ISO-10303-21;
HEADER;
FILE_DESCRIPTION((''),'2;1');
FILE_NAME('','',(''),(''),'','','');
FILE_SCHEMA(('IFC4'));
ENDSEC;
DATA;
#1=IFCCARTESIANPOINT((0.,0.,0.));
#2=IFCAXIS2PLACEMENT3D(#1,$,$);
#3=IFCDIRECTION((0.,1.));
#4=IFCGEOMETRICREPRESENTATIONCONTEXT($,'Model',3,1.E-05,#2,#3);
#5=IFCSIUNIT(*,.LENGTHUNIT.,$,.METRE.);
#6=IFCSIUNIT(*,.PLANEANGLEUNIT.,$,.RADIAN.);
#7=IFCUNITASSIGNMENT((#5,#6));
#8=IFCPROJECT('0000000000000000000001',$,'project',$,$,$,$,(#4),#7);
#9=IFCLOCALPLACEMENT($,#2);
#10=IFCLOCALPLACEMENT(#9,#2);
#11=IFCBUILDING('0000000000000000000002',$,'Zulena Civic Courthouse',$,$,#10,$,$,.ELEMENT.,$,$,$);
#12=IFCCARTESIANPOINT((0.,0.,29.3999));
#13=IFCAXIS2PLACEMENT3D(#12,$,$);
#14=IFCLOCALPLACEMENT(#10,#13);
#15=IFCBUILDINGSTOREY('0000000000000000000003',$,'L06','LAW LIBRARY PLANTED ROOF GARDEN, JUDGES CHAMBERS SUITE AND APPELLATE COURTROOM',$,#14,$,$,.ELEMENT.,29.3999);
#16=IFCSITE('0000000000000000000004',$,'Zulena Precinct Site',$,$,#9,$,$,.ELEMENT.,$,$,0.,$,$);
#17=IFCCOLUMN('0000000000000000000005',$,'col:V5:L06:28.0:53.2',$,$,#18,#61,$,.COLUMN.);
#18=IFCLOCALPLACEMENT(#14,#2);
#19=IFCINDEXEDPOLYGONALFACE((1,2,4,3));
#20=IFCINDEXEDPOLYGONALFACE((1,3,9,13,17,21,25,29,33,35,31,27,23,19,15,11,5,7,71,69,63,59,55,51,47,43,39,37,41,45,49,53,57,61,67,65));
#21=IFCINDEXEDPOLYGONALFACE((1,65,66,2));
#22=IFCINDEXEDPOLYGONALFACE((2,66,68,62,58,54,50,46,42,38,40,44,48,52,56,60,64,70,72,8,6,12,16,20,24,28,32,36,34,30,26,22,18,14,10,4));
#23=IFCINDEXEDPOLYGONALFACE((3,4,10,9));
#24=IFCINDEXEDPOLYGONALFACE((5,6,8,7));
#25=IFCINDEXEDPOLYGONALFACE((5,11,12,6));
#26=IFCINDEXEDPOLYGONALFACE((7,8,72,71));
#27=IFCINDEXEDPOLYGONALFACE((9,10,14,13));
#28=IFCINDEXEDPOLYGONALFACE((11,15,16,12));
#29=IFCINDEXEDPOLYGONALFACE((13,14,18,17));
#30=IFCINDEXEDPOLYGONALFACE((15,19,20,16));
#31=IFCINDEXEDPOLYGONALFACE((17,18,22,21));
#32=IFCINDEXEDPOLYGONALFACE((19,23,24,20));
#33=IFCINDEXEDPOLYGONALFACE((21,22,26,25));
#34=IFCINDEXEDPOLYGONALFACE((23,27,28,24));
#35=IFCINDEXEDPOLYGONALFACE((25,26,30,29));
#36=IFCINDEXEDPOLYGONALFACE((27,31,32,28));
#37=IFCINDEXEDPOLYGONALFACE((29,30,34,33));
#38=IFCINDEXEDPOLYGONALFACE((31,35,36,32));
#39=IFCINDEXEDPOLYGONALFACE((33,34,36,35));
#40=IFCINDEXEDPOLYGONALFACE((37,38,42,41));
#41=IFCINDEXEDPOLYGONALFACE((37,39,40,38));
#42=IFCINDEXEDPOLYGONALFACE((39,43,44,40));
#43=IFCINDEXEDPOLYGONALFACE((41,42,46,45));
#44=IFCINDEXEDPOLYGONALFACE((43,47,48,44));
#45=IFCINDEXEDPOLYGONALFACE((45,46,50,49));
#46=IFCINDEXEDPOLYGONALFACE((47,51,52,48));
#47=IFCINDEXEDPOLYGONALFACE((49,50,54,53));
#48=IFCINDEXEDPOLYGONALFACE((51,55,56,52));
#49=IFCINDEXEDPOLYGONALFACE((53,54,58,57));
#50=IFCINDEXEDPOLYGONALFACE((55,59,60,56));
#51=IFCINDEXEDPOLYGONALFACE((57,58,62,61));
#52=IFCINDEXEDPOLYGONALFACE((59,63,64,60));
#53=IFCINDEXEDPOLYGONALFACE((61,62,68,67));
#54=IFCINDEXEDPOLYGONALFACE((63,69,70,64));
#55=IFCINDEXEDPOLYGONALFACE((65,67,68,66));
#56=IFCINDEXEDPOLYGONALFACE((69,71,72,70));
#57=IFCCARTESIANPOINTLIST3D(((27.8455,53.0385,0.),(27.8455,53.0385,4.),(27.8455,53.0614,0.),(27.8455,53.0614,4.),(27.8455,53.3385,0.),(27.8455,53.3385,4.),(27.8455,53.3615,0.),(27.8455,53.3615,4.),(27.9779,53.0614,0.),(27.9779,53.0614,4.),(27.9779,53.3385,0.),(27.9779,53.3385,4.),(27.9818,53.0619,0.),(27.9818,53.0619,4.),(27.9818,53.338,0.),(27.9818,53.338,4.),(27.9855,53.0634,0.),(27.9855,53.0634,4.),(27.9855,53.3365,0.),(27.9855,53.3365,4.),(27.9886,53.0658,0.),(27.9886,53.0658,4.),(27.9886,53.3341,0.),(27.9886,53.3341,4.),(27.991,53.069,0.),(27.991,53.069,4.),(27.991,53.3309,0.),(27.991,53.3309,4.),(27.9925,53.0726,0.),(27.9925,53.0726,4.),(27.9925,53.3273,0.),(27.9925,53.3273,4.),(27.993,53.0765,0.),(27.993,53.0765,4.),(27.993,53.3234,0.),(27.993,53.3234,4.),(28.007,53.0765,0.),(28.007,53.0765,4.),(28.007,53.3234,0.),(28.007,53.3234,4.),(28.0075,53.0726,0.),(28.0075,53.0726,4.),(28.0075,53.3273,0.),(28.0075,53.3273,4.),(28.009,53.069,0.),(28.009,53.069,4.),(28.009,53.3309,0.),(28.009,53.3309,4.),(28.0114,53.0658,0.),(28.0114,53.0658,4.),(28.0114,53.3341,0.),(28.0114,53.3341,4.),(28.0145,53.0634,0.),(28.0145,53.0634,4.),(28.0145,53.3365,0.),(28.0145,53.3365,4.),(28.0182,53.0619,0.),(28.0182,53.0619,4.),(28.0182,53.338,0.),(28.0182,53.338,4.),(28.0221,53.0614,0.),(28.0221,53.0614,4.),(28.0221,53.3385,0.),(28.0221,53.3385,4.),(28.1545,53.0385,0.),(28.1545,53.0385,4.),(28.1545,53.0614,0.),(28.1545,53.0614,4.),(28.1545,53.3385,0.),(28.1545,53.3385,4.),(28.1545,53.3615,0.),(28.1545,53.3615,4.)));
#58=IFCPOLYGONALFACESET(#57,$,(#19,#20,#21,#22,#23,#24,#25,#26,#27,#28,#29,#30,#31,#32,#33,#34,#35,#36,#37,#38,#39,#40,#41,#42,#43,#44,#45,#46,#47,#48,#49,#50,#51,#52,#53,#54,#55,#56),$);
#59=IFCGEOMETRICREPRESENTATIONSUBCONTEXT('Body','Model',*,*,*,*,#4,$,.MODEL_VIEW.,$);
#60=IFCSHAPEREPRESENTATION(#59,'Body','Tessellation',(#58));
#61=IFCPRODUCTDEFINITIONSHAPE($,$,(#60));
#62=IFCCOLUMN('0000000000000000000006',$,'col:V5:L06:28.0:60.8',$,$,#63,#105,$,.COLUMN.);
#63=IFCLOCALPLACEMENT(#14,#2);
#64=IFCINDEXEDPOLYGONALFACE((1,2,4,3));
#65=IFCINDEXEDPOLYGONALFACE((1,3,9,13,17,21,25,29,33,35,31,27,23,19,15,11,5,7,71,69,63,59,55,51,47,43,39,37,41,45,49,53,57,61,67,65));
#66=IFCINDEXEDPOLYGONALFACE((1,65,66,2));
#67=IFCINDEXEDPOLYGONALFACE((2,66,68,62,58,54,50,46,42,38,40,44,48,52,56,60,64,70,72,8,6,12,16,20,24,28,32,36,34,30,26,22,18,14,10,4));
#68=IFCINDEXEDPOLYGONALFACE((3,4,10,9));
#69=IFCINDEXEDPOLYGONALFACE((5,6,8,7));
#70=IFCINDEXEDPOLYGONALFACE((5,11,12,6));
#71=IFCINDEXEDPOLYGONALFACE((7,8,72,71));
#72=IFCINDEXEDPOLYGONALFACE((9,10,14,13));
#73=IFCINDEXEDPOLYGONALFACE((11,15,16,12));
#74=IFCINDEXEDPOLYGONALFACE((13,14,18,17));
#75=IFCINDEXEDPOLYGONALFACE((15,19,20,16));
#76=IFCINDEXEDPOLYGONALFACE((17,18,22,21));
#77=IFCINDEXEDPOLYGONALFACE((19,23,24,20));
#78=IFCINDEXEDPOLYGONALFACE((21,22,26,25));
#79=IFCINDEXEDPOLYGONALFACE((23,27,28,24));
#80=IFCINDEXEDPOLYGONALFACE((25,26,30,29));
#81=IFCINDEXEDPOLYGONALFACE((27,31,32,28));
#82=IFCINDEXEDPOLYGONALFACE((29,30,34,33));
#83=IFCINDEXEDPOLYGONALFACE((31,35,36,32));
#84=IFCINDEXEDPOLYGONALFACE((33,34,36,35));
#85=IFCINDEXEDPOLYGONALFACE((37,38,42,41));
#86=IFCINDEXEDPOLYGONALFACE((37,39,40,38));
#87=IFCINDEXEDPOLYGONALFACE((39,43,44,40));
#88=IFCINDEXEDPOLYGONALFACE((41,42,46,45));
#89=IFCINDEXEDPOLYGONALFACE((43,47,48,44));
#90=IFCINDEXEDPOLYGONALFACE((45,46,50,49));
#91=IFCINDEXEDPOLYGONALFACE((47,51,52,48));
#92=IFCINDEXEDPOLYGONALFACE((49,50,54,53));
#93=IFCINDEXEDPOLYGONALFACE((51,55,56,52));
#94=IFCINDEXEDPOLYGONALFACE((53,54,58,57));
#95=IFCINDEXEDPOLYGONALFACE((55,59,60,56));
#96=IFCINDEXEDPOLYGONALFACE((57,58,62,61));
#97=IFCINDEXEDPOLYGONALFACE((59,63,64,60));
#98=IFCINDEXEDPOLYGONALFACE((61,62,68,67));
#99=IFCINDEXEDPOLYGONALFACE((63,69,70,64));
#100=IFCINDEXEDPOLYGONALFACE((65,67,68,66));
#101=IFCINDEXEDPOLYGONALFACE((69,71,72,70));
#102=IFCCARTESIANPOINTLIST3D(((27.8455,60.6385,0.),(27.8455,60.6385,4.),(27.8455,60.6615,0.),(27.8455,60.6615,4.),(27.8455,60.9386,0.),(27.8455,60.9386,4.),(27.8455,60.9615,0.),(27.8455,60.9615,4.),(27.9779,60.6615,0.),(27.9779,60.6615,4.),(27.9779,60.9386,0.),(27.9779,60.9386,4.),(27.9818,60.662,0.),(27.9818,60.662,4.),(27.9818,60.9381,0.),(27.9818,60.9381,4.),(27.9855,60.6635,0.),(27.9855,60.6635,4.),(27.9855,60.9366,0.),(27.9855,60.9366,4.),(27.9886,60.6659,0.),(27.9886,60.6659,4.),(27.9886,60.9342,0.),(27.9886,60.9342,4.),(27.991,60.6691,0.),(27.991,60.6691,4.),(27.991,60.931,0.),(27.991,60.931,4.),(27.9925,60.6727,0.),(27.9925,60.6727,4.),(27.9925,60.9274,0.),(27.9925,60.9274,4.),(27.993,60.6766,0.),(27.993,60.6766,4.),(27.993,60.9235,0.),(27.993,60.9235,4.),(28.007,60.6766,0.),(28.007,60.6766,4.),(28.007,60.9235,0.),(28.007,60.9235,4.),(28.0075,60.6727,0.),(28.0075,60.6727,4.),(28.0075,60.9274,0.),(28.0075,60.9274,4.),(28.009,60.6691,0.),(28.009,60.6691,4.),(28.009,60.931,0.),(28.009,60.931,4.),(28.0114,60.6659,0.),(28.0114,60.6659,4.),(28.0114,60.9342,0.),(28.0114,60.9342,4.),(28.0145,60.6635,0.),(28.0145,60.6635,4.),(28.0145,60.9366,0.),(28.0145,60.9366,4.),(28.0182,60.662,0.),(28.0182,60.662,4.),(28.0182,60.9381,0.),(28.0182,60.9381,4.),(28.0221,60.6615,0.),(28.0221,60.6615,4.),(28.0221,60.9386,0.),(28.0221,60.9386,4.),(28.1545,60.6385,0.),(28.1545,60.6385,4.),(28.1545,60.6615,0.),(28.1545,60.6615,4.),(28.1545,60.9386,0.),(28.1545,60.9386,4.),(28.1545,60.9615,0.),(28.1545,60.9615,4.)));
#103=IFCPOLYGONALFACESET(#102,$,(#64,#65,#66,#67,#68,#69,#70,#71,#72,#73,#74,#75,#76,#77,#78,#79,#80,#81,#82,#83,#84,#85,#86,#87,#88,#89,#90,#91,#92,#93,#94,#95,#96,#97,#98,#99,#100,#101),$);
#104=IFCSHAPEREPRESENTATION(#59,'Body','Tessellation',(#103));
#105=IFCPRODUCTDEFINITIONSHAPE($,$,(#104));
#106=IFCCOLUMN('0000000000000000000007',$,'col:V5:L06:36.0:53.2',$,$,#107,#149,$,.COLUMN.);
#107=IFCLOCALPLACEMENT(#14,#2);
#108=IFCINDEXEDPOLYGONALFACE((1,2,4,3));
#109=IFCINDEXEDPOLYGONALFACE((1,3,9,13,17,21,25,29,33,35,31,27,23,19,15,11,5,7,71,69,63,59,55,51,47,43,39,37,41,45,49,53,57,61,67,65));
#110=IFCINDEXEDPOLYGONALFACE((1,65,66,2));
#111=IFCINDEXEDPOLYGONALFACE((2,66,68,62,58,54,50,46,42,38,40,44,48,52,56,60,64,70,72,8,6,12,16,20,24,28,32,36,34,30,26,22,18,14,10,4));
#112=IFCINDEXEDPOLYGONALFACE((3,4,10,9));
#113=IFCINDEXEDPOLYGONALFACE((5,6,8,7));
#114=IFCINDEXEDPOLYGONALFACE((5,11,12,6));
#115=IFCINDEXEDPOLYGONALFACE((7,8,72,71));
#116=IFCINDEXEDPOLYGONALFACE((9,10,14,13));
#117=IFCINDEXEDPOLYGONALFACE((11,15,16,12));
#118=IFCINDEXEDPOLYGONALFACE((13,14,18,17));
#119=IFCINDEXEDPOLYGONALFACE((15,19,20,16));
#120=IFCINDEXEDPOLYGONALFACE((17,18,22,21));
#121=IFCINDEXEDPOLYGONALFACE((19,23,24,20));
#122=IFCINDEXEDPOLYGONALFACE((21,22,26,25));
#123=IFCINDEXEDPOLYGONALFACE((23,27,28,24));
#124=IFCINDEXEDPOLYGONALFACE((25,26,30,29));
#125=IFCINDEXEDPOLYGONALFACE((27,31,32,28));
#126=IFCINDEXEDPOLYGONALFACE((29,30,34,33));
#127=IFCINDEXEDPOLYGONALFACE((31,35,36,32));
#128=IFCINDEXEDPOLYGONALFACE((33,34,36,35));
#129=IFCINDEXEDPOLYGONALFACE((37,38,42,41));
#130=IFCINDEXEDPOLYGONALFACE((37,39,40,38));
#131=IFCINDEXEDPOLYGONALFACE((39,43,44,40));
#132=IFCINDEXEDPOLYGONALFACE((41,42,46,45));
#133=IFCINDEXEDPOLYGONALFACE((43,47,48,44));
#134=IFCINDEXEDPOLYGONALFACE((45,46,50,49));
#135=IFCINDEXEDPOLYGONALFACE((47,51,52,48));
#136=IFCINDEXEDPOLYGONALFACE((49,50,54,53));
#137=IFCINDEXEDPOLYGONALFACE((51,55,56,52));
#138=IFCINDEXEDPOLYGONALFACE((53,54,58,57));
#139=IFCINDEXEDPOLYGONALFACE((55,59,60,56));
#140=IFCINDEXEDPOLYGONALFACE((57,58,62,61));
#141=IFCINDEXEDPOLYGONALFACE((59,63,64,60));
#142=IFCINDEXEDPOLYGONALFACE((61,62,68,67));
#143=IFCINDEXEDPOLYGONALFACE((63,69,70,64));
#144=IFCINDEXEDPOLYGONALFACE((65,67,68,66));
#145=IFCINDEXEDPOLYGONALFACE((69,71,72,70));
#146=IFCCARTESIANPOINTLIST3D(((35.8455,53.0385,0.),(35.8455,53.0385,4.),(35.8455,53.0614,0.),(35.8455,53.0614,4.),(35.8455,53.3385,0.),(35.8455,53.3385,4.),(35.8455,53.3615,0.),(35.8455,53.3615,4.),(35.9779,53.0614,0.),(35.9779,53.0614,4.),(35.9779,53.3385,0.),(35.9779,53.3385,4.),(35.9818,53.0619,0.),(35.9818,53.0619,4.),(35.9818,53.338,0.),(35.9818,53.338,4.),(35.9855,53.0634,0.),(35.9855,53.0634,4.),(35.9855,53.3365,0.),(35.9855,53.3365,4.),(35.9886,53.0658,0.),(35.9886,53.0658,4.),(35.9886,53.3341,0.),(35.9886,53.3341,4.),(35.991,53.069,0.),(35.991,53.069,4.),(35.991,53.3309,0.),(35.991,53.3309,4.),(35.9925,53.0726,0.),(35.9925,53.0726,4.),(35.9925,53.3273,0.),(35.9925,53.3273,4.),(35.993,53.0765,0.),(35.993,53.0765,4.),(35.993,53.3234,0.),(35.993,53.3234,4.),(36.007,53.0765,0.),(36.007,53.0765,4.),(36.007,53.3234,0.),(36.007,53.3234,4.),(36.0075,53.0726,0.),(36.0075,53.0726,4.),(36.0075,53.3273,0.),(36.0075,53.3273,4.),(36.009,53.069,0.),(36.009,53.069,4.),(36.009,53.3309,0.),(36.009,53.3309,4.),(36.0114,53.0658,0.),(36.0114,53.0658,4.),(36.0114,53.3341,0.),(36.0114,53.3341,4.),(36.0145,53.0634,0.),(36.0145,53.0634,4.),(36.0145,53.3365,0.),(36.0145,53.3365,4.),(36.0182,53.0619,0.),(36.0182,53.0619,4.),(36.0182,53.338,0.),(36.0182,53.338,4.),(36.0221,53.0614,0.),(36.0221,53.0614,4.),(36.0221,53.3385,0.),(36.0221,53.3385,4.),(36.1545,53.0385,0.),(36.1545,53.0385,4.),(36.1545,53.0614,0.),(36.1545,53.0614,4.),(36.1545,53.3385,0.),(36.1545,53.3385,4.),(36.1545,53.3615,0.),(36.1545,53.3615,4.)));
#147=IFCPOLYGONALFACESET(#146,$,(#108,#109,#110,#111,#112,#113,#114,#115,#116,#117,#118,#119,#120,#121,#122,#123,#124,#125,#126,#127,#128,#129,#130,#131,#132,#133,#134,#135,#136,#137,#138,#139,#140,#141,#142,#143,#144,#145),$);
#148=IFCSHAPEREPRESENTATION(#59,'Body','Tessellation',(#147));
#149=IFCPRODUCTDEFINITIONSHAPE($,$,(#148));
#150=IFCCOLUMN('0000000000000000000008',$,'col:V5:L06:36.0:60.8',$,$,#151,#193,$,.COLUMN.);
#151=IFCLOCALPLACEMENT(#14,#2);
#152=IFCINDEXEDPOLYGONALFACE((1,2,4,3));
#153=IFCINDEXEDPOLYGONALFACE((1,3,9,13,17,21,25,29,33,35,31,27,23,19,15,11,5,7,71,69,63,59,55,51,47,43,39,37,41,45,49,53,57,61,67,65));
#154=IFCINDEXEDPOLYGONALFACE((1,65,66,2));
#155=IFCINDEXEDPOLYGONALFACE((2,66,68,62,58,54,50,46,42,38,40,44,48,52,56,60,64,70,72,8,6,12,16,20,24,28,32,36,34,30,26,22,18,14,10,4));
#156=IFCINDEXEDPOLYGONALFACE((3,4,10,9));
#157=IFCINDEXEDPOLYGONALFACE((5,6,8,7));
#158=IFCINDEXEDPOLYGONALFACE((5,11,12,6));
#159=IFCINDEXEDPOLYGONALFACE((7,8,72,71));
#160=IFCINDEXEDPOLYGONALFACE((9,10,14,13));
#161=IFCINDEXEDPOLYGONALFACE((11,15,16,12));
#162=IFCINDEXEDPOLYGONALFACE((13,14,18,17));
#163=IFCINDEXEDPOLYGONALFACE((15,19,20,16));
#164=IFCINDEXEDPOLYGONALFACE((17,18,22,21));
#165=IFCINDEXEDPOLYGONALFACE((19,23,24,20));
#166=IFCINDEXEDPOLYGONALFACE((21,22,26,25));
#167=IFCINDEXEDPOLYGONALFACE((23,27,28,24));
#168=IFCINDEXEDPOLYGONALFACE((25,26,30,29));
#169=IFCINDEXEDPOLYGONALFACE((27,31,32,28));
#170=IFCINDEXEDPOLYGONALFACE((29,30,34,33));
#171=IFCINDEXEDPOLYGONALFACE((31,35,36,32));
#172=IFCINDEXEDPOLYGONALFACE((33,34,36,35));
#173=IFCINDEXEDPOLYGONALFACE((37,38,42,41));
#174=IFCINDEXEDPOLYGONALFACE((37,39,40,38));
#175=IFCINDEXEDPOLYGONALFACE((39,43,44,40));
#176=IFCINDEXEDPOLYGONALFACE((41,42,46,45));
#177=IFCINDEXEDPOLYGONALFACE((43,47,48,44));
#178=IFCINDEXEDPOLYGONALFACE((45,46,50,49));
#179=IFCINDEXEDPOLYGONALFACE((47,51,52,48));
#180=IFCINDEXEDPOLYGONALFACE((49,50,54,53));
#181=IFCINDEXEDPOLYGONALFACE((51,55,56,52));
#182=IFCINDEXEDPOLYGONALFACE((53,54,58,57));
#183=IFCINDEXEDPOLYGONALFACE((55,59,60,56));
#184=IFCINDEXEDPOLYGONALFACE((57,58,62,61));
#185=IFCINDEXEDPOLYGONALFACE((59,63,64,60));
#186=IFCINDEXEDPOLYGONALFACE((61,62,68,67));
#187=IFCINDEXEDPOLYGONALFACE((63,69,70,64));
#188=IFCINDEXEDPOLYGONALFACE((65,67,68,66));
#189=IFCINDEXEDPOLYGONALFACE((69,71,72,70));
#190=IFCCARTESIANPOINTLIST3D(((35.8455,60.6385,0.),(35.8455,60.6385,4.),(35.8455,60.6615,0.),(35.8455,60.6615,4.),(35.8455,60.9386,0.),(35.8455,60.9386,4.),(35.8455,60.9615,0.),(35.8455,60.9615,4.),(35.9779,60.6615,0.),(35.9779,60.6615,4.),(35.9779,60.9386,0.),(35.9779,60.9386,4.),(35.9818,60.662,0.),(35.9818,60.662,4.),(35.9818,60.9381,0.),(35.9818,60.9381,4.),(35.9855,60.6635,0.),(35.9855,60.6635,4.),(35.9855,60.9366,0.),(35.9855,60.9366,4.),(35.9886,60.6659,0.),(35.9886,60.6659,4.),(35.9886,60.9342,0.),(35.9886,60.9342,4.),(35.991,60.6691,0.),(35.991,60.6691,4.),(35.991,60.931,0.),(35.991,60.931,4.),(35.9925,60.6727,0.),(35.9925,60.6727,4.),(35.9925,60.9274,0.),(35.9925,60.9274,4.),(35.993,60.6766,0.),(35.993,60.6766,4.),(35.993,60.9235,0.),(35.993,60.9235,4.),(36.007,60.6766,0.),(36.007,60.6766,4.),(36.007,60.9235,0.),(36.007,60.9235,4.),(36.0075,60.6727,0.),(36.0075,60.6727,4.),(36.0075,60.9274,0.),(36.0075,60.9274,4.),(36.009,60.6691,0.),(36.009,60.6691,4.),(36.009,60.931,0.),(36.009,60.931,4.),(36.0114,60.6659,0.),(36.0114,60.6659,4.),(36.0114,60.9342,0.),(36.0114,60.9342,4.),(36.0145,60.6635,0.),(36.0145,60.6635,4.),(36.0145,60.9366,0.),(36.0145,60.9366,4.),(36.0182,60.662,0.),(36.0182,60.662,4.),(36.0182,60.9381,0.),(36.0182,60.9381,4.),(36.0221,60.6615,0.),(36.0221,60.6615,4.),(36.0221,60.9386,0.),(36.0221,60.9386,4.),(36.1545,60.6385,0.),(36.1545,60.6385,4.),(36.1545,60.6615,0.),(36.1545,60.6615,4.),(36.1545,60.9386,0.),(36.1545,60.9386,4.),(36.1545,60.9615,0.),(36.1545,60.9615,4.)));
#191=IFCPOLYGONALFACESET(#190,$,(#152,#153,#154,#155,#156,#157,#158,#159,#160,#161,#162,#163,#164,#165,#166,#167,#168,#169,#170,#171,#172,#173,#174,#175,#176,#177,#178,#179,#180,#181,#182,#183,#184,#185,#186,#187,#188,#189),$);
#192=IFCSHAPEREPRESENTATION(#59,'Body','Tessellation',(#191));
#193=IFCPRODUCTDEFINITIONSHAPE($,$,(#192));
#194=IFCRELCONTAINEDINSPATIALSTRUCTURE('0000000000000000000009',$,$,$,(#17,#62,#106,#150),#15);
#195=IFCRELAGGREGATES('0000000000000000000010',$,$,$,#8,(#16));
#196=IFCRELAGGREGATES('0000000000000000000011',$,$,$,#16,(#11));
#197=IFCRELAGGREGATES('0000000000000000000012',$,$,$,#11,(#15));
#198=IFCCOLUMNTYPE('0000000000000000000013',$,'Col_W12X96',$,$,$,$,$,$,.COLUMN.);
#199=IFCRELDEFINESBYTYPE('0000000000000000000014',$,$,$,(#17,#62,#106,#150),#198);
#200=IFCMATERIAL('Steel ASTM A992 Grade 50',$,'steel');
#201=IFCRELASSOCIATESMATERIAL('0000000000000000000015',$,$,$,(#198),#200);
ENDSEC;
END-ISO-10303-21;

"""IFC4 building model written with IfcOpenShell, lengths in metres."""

from ifc_helpers import new_model, si_unit, direction, frame, origin, origin_2d, place, context, subcontext, project, spatial, i_section, extrude, material, material_profile, profile_set, type_object, element, save


model = new_model("IFC4")

# Units and contexts
model_context = context("Model", 3, precision=1e-05, world=origin(), true_north=direction((0.0, 1.0)))
body_context = subcontext(model_context, "Body", "Model", "MODEL_VIEW")
ifc_project = project(units=[si_unit("LENGTHUNIT", "METRE"), si_unit("PLANEANGLEUNIT", "RADIAN")], contexts=[model_context])

# Site, building, storey
site_placement = place(None, origin())
site = spatial("IfcSite", under=ifc_project, at=site_placement, Name="Zulena Precinct Site", CompositionType="ELEMENT", RefElevation=0.0)
building_placement = place(site_placement, origin())
building = spatial("IfcBuilding", under=site, at=building_placement, Name="Zulena Civic Courthouse", CompositionType="ELEMENT")
storey_placement = place(building_placement, frame((0.0, 0.0, 29.3999)))
storey = spatial("IfcBuildingStorey", under=building, at=storey_placement, Name="L06", Description="LAW LIBRARY PLANTED ROOF GARDEN, JUDGES CHAMBERS SUITE AND APPELLATE COURTROOM", CompositionType="ELEMENT", Elevation=29.3999)

# Columns
ifc_material_1 = material(Name="Steel ASTM A992 Grade 50", Category="steel")
ifc_material_profile_1 = material_profile(ifc_material_1, i_section(OverallWidth=0.3091, OverallDepth=0.323, WebThickness=0.0139, FlangeThickness=0.0229, FilletRadius=0.0151, at=origin_2d()), Name="W12X96")
ifc_profile_set_1 = profile_set([ifc_material_profile_1], Name="Steel ASTM A992 Grade 50")
column_type = type_object("IfcColumnType", Name="Col_W12X96", PredefinedType="COLUMN", material=ifc_profile_set_1)
for number, where, z_axis, x_axis, name in (
    (1, (28.0, 53.2, 0.0), (0.0, 0.0, 1.0), (1.0, 0.0, 0.0), "col:V5:L06:28.0:53.2"),
    (2, (28.0, 60.8, 0.0), (0.0, 0.0, 1.0), (1.0, 0.0, 0.0), "col:V5:L06:28.0:60.8"),
    (3, (36.0, 53.2, 0.0), (0.0, 0.0, 1.0), (1.0, 0.0, 0.0), "col:V5:L06:36.0:53.2"),
    (4, (36.0, 60.8, 0.0), (0.0, 0.0, 1.0), (1.0, 0.0, 0.0), "col:V5:L06:36.0:60.8"),
):
    element("IfcColumn", number, at=place(storey_placement, frame(where, z_axis=z_axis, x_axis=x_axis)), inside=storey, type_object=column_type, Name=name, PredefinedType="COLUMN", context=body_context, shape_type="SweptSolid", body=[
        extrude(i_section(OverallWidth=0.3091, OverallDepth=0.323, WebThickness=0.0139, FlangeThickness=0.0229, FilletRadius=0.0151, at=origin_2d()), origin(), (0.0, 0.0, 1.0), 4.0),
    ])

save(model, "model.ifc")
